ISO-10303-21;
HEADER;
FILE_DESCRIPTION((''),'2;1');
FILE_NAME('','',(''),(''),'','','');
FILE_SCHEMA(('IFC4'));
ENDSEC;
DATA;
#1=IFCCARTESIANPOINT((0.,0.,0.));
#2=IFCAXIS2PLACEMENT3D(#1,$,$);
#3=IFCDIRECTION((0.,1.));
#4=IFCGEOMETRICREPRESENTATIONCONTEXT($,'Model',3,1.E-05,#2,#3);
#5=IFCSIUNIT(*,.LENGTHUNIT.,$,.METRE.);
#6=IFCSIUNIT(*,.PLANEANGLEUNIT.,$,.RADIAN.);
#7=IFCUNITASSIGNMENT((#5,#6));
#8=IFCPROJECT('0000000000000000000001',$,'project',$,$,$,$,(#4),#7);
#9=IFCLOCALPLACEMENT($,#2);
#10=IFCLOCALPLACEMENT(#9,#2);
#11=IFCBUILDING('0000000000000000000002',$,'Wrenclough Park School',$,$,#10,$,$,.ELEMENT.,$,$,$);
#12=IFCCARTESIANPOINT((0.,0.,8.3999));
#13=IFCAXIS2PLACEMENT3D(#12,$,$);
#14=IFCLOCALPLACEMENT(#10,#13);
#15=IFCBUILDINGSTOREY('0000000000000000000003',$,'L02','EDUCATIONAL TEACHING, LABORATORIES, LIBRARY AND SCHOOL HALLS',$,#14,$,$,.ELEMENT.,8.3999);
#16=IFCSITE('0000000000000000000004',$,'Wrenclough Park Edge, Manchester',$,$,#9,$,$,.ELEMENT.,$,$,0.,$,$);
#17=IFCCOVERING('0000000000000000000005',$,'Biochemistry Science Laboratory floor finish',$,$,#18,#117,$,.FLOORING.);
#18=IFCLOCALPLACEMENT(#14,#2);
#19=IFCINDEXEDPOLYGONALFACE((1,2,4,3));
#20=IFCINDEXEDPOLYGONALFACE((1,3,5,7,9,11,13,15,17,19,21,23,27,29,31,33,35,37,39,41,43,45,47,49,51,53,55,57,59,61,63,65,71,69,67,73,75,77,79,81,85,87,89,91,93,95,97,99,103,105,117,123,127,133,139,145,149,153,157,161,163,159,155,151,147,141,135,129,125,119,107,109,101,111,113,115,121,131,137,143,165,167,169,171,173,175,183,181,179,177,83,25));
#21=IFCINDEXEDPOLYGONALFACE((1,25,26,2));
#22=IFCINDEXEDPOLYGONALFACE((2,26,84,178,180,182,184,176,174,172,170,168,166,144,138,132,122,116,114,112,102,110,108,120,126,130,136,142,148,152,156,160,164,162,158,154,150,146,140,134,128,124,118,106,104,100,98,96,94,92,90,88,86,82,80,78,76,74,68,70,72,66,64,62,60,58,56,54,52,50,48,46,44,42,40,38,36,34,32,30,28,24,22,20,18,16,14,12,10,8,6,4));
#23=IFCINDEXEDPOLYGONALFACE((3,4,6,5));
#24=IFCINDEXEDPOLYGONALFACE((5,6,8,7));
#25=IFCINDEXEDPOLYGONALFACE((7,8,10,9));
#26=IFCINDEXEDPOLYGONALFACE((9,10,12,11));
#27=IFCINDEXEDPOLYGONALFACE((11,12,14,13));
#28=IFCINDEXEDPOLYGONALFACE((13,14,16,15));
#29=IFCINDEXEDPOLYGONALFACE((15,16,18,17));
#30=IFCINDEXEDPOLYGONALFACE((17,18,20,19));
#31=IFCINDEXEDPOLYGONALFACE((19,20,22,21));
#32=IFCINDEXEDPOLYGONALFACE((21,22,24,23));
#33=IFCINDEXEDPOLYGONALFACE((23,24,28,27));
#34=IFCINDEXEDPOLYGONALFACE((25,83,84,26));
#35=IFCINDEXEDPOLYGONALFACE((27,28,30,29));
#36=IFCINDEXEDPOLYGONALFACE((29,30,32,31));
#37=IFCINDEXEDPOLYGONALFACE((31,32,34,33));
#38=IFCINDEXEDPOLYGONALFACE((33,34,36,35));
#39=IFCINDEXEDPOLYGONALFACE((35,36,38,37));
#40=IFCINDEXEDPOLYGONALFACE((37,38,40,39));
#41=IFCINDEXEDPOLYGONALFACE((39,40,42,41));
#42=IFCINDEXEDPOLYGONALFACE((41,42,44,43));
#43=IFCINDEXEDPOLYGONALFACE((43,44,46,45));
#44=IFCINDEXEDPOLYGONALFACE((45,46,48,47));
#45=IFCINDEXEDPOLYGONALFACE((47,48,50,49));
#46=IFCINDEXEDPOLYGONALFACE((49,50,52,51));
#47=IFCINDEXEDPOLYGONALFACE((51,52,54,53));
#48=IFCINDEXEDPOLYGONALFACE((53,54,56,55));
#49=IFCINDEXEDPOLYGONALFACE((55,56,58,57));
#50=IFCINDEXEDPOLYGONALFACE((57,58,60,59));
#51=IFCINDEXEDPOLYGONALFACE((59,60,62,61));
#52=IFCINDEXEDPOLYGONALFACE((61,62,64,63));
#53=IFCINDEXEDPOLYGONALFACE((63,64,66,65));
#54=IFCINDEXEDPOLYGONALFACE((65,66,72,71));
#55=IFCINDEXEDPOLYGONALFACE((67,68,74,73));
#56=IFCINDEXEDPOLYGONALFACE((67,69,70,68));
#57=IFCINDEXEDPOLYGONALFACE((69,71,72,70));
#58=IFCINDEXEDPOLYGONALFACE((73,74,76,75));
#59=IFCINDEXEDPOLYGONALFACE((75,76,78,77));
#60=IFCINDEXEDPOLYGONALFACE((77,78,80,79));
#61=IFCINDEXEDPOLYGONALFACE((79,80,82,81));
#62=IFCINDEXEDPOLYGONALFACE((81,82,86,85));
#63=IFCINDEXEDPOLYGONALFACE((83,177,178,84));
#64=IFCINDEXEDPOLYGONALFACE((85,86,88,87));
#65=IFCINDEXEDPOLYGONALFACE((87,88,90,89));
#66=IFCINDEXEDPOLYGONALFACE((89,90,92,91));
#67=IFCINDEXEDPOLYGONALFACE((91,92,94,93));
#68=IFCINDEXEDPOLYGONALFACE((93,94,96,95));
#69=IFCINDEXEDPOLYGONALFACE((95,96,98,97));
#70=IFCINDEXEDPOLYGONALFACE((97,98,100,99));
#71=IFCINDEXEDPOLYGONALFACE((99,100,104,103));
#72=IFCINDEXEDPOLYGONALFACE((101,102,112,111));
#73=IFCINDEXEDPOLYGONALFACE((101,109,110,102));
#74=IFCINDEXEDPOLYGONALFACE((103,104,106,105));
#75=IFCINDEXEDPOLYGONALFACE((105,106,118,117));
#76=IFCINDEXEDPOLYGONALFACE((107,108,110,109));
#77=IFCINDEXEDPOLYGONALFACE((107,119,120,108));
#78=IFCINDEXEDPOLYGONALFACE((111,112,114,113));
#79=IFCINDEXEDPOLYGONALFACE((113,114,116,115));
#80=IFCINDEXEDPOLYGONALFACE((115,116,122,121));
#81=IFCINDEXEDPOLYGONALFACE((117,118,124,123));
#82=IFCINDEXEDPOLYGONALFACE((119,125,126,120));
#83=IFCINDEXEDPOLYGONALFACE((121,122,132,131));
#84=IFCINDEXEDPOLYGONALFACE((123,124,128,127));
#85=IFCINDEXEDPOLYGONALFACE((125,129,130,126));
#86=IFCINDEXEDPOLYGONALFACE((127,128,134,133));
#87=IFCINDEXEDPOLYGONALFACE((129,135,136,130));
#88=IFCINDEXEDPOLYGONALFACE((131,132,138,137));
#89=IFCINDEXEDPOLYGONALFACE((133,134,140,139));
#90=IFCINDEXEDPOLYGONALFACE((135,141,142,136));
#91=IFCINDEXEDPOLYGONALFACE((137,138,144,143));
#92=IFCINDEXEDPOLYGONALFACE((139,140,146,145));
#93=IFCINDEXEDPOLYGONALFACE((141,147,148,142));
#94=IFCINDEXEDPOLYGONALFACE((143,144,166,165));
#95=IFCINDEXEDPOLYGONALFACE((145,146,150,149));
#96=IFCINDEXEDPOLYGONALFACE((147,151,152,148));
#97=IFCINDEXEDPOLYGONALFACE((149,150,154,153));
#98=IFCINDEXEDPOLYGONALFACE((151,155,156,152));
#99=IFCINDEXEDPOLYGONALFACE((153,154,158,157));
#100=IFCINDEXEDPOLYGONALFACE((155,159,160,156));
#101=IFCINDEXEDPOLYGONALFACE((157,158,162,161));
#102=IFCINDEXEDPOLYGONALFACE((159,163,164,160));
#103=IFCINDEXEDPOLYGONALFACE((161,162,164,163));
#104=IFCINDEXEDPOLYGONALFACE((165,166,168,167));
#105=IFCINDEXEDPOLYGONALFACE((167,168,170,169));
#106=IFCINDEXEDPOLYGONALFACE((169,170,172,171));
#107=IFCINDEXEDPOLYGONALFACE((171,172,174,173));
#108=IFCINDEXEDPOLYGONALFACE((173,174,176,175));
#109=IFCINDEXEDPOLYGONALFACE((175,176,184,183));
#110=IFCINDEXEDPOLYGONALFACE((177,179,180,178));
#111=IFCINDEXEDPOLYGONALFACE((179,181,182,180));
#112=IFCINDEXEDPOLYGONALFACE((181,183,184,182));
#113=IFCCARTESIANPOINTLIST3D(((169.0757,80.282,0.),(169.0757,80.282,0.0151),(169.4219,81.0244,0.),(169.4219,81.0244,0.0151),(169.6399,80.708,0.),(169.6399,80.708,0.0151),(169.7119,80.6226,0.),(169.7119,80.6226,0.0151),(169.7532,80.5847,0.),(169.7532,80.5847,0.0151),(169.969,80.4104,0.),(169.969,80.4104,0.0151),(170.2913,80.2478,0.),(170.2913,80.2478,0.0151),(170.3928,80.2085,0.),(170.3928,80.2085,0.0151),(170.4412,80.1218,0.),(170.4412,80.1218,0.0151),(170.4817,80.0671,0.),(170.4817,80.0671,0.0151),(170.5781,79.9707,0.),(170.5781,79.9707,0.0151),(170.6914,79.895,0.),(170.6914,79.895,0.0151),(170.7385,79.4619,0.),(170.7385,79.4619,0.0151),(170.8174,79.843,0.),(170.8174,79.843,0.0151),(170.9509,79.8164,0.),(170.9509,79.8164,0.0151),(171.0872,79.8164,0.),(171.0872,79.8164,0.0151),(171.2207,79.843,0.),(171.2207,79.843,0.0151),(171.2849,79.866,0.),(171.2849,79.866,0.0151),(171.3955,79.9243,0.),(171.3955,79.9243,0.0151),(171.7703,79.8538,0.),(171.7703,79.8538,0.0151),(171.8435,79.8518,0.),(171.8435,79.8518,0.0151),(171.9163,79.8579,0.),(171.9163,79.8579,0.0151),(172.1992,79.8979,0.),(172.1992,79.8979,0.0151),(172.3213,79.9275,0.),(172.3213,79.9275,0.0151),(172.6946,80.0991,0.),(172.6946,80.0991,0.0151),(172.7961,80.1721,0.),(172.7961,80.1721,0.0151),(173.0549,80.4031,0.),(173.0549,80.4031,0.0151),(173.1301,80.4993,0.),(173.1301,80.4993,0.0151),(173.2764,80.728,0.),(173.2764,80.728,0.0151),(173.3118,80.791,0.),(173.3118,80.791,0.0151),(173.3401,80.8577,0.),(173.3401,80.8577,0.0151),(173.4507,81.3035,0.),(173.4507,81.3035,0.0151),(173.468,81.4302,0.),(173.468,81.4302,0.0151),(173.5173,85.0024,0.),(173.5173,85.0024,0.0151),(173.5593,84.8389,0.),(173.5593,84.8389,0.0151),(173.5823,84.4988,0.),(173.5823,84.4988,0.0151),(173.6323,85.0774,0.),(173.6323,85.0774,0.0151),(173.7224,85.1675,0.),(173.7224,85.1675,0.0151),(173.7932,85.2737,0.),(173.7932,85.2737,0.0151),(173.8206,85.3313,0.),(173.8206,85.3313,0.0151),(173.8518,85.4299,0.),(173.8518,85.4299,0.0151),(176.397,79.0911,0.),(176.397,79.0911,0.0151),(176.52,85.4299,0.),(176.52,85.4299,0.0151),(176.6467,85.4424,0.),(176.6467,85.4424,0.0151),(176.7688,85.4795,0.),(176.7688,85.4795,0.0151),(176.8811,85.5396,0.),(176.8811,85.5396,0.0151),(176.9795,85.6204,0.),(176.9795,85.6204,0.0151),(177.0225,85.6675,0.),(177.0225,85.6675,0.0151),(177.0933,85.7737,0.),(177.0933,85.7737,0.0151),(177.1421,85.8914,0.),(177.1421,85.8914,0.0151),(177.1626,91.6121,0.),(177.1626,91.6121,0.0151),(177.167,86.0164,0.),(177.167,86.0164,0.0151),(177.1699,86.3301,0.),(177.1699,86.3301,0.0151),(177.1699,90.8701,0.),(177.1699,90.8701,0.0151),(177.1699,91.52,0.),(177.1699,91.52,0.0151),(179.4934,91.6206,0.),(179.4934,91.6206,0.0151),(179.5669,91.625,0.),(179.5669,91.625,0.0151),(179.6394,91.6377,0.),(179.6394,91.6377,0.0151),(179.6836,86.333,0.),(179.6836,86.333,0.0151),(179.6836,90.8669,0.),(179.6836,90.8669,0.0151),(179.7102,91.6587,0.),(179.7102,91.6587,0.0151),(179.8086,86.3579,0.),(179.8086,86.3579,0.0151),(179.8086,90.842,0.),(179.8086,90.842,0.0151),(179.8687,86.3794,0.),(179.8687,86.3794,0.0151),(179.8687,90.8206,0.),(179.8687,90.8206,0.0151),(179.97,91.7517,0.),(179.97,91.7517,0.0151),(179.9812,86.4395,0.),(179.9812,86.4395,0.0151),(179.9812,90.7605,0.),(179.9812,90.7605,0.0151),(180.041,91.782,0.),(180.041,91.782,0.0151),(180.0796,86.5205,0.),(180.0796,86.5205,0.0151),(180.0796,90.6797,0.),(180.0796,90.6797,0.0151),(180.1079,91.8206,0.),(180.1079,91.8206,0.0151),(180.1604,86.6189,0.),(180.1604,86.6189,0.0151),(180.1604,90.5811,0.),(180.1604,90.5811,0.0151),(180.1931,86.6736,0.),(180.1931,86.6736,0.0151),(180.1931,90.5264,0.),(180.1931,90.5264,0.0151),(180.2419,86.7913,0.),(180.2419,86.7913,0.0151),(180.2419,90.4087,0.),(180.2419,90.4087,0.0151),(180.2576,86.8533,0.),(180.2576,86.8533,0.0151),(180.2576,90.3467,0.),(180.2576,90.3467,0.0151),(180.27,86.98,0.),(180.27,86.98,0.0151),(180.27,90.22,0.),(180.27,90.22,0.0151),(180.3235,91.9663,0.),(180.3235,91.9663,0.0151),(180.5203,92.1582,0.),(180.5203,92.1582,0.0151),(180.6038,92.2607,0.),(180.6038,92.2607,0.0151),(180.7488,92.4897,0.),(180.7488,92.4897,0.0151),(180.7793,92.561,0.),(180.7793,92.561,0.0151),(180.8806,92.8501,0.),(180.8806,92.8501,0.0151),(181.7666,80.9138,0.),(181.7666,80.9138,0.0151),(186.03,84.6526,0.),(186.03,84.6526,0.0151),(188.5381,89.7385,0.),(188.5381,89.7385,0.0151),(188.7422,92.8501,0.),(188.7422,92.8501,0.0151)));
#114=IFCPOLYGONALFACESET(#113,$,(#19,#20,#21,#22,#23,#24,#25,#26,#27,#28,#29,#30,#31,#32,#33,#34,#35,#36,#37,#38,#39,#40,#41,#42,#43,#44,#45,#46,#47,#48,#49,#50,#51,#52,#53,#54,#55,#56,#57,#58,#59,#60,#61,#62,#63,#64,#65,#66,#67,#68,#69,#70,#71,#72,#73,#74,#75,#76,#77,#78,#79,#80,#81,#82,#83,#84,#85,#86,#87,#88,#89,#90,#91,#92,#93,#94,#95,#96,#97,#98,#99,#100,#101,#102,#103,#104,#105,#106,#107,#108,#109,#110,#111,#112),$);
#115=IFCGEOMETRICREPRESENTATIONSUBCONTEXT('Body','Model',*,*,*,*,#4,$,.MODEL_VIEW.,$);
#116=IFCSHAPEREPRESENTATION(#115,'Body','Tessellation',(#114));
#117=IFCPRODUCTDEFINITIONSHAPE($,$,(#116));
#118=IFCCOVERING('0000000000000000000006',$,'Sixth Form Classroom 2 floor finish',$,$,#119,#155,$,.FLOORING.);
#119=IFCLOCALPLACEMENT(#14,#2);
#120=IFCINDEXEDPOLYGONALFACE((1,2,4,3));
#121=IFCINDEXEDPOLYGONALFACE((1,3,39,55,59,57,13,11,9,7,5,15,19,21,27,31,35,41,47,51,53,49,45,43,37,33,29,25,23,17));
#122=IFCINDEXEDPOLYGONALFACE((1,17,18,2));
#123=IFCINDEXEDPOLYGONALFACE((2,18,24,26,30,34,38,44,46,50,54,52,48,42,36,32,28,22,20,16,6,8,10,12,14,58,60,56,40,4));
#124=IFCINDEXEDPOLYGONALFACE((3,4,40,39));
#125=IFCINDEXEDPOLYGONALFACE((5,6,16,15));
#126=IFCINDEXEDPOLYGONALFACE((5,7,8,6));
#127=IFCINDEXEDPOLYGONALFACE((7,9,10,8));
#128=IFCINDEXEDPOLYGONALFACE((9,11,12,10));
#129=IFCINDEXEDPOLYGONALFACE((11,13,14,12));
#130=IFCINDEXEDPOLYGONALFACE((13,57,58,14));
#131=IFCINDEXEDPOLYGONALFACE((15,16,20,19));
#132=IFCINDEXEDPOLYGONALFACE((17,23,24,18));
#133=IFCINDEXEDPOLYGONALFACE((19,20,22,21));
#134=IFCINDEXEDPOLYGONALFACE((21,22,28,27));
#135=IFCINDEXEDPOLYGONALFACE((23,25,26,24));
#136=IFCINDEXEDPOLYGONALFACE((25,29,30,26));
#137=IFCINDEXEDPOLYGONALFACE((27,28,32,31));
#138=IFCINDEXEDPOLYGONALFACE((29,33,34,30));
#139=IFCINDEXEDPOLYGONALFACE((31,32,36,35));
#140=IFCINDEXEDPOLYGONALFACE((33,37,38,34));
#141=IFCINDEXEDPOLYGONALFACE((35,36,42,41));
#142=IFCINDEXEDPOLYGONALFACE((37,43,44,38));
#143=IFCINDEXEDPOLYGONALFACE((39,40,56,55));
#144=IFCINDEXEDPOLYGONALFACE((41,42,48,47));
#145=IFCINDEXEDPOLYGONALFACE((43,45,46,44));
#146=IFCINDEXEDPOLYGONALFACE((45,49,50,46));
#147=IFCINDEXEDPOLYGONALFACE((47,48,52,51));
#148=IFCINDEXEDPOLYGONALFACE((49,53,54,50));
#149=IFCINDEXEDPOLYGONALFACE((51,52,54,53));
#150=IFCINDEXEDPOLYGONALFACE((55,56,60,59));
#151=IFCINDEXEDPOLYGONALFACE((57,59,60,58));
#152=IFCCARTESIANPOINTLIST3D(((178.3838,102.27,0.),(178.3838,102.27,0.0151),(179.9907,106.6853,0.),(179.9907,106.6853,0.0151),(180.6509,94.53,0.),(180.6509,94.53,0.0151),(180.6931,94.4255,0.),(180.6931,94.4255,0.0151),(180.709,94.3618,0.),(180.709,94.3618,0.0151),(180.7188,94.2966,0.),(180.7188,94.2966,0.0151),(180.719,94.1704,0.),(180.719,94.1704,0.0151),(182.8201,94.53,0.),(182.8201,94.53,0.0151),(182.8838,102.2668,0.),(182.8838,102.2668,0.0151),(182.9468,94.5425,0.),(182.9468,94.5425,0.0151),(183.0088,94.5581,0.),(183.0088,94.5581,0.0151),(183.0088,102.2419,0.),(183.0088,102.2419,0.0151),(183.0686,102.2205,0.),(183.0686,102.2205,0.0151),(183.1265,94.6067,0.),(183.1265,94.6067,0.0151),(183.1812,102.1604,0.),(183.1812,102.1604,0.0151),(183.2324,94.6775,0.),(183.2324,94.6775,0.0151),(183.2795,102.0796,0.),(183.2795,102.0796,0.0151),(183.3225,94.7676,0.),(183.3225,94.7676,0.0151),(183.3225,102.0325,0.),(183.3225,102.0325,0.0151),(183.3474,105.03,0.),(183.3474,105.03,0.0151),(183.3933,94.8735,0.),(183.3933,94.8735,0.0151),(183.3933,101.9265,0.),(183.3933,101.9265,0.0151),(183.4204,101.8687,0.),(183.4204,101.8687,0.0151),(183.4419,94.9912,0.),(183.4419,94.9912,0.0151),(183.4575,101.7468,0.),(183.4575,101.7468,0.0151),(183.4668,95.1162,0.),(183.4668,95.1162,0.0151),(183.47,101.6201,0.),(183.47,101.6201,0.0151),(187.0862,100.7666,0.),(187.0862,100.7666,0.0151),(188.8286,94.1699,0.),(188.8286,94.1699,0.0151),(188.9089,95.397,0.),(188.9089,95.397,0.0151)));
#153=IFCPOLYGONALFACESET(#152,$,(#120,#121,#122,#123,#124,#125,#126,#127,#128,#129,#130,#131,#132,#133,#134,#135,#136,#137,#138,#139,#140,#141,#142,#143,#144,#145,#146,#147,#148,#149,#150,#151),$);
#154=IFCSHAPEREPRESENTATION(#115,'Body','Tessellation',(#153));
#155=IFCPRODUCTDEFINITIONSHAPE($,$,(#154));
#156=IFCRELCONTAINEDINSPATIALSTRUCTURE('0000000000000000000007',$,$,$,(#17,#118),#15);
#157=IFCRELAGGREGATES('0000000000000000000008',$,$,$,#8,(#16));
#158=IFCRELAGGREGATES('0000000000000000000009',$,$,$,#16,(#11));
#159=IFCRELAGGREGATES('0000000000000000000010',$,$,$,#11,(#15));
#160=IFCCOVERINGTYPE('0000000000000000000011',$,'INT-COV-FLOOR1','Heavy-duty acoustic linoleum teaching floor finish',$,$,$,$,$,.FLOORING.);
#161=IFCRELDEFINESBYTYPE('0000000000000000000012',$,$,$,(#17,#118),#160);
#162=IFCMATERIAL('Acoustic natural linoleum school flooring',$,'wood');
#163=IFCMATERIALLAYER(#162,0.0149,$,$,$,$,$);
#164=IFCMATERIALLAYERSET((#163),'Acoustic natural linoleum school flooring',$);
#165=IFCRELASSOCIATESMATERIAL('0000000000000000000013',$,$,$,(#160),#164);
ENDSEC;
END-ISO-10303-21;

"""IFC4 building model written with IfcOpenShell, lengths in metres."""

from ifc_helpers import new_model, si_unit, direction, frame, origin, place, context, subcontext, project, spatial, polyline, outline, extrude, material, layer, layer_set, type_object, element, save


model = new_model("IFC4")

# Units and contexts
model_context = context("Model", 3, precision=1e-05, world=origin(), true_north=direction((0.0, 1.0)))
body_context = subcontext(model_context, "Body", "Model", "MODEL_VIEW")
ifc_project = project(units=[si_unit("LENGTHUNIT", "METRE"), si_unit("PLANEANGLEUNIT", "RADIAN")], contexts=[model_context])

# Site, building, storey
site_placement = place(None, origin())
site = spatial("IfcSite", under=ifc_project, at=site_placement, Name="Wrenclough Park Edge, Manchester", CompositionType="ELEMENT", RefElevation=0.0)
building_placement = place(site_placement, origin())
building = spatial("IfcBuilding", under=site, at=building_placement, Name="Wrenclough Park School", CompositionType="ELEMENT")
storey_placement = place(building_placement, frame((0.0, 0.0, 8.3999)))
storey = spatial("IfcBuildingStorey", under=building, at=storey_placement, Name="L02", Description="EDUCATIONAL TEACHING, LABORATORIES, LIBRARY AND SCHOOL HALLS", CompositionType="ELEMENT", Elevation=8.3999)

# Coverings
ifc_material_1 = material(Name="Acoustic natural linoleum school flooring", Category="wood")
ifc_layer_1 = layer(ifc_material_1, 0.0149)
ifc_layer_set_1 = layer_set([ifc_layer_1], Name="Acoustic natural linoleum school flooring")
covering_type_1 = type_object("IfcCoveringType", Name="INT-COV-FLOOR1", Description="Heavy-duty acoustic linoleum teaching floor finish", PredefinedType="FLOORING", material=ifc_layer_set_1)
covering_1_placement = place(storey_placement, origin())
element("IfcCovering", 1, at=covering_1_placement, inside=storey, type_object=covering_type_1, Name="Biochemistry Science Laboratory floor finish", PredefinedType="FLOORING", context=body_context, shape_type="SweptSolid", body=[
    extrude(outline(polyline([(169.4219, 81.0244), (169.0757, 80.282), (170.7385, 79.4619), (176.397, 79.0911), (181.7666, 80.9138), (186.03, 84.6526), (188.5381, 89.7385), (188.7422, 92.8501), (180.8806, 92.8501), (180.7793, 92.561), (180.7488, 92.4897), (180.6038, 92.2607), (180.5203, 92.1582), (180.3235, 91.9663), (180.1079, 91.8206), (180.041, 91.782), (179.97, 91.7517), (179.7102, 91.6587), (179.6394, 91.6377), (179.5669, 91.625), (179.4934, 91.6206), (177.1626, 91.6121), (177.1699, 91.52), (177.1699, 90.8701), (179.6836, 90.8669), (179.8086, 90.842), (179.8687, 90.8206), (179.9812, 90.7605), (180.0796, 90.6797), (180.1604, 90.5811), (180.1931, 90.5264), (180.2419, 90.4087), (180.2576, 90.3467), (180.27, 90.22), (180.27, 86.98), (180.2576, 86.8533), (180.2419, 86.7913), (180.1931, 86.6736), (180.1604, 86.6189), (180.0796, 86.5205), (179.9812, 86.4395), (179.8687, 86.3794), (179.8086, 86.3579), (179.6836, 86.333), (177.1699, 86.3301), (177.167, 86.0164), (177.1421, 85.8914), (177.0933, 85.7737), (177.0225, 85.6675), (176.9795, 85.6204), (176.8811, 85.5396), (176.7688, 85.4795), (176.6467, 85.4424), (176.52, 85.4299), (173.8518, 85.4299), (173.8206, 85.3313), (173.7932, 85.2737), (173.7224, 85.1675), (173.6323, 85.0774), (173.5173, 85.0024), (173.5593, 84.8389), (173.5823, 84.4988), (173.468, 81.4302), (173.4507, 81.3035), (173.3401, 80.8577), (173.3118, 80.791), (173.2764, 80.728), (173.1301, 80.4993), (173.0549, 80.4031), (172.7961, 80.1721), (172.6946, 80.0991), (172.3213, 79.9275), (172.1992, 79.8979), (171.9163, 79.8579), (171.8435, 79.8518), (171.7703, 79.8538), (171.3955, 79.9243), (171.2849, 79.866), (171.2207, 79.843), (171.0872, 79.8164), (170.9509, 79.8164), (170.8174, 79.843), (170.6914, 79.895), (170.5781, 79.9707), (170.4817, 80.0671), (170.4412, 80.1218), (170.3928, 80.2085), (170.2913, 80.2478), (169.969, 80.4104), (169.7532, 80.5847), (169.7119, 80.6226), (169.6399, 80.708), (169.4219, 81.0244)])), origin(), (0.0, 0.0, 1.0), 0.0151),
])
covering_2_placement = place(storey_placement, origin())
element("IfcCovering", 2, at=covering_2_placement, inside=storey, type_object=covering_type_1, Name="Sixth Form Classroom 2 floor finish", PredefinedType="FLOORING", context=body_context, shape_type="SweptSolid", body=[
    extrude(outline(polyline([(182.8201, 94.53), (180.6509, 94.53), (180.6931, 94.4255), (180.709, 94.3618), (180.7188, 94.2966), (180.719, 94.1704), (188.8286, 94.1699), (188.9089, 95.397), (187.0862, 100.7666), (183.3474, 105.03), (179.9907, 106.6853), (178.3838, 102.27), (182.8838, 102.2668), (183.0088, 102.2419), (183.0686, 102.2205), (183.1812, 102.1604), (183.2795, 102.0796), (183.3225, 102.0325), (183.3933, 101.9265), (183.4204, 101.8687), (183.4575, 101.7468), (183.47, 101.6201), (183.4668, 95.1162), (183.4419, 94.9912), (183.3933, 94.8735), (183.3225, 94.7676), (183.2324, 94.6775), (183.1265, 94.6067), (183.0088, 94.5581), (182.9468, 94.5425), (182.8201, 94.53)])), origin(), (0.0, 0.0, 1.0), 0.0151),
])

save(model, "model.ifc")
